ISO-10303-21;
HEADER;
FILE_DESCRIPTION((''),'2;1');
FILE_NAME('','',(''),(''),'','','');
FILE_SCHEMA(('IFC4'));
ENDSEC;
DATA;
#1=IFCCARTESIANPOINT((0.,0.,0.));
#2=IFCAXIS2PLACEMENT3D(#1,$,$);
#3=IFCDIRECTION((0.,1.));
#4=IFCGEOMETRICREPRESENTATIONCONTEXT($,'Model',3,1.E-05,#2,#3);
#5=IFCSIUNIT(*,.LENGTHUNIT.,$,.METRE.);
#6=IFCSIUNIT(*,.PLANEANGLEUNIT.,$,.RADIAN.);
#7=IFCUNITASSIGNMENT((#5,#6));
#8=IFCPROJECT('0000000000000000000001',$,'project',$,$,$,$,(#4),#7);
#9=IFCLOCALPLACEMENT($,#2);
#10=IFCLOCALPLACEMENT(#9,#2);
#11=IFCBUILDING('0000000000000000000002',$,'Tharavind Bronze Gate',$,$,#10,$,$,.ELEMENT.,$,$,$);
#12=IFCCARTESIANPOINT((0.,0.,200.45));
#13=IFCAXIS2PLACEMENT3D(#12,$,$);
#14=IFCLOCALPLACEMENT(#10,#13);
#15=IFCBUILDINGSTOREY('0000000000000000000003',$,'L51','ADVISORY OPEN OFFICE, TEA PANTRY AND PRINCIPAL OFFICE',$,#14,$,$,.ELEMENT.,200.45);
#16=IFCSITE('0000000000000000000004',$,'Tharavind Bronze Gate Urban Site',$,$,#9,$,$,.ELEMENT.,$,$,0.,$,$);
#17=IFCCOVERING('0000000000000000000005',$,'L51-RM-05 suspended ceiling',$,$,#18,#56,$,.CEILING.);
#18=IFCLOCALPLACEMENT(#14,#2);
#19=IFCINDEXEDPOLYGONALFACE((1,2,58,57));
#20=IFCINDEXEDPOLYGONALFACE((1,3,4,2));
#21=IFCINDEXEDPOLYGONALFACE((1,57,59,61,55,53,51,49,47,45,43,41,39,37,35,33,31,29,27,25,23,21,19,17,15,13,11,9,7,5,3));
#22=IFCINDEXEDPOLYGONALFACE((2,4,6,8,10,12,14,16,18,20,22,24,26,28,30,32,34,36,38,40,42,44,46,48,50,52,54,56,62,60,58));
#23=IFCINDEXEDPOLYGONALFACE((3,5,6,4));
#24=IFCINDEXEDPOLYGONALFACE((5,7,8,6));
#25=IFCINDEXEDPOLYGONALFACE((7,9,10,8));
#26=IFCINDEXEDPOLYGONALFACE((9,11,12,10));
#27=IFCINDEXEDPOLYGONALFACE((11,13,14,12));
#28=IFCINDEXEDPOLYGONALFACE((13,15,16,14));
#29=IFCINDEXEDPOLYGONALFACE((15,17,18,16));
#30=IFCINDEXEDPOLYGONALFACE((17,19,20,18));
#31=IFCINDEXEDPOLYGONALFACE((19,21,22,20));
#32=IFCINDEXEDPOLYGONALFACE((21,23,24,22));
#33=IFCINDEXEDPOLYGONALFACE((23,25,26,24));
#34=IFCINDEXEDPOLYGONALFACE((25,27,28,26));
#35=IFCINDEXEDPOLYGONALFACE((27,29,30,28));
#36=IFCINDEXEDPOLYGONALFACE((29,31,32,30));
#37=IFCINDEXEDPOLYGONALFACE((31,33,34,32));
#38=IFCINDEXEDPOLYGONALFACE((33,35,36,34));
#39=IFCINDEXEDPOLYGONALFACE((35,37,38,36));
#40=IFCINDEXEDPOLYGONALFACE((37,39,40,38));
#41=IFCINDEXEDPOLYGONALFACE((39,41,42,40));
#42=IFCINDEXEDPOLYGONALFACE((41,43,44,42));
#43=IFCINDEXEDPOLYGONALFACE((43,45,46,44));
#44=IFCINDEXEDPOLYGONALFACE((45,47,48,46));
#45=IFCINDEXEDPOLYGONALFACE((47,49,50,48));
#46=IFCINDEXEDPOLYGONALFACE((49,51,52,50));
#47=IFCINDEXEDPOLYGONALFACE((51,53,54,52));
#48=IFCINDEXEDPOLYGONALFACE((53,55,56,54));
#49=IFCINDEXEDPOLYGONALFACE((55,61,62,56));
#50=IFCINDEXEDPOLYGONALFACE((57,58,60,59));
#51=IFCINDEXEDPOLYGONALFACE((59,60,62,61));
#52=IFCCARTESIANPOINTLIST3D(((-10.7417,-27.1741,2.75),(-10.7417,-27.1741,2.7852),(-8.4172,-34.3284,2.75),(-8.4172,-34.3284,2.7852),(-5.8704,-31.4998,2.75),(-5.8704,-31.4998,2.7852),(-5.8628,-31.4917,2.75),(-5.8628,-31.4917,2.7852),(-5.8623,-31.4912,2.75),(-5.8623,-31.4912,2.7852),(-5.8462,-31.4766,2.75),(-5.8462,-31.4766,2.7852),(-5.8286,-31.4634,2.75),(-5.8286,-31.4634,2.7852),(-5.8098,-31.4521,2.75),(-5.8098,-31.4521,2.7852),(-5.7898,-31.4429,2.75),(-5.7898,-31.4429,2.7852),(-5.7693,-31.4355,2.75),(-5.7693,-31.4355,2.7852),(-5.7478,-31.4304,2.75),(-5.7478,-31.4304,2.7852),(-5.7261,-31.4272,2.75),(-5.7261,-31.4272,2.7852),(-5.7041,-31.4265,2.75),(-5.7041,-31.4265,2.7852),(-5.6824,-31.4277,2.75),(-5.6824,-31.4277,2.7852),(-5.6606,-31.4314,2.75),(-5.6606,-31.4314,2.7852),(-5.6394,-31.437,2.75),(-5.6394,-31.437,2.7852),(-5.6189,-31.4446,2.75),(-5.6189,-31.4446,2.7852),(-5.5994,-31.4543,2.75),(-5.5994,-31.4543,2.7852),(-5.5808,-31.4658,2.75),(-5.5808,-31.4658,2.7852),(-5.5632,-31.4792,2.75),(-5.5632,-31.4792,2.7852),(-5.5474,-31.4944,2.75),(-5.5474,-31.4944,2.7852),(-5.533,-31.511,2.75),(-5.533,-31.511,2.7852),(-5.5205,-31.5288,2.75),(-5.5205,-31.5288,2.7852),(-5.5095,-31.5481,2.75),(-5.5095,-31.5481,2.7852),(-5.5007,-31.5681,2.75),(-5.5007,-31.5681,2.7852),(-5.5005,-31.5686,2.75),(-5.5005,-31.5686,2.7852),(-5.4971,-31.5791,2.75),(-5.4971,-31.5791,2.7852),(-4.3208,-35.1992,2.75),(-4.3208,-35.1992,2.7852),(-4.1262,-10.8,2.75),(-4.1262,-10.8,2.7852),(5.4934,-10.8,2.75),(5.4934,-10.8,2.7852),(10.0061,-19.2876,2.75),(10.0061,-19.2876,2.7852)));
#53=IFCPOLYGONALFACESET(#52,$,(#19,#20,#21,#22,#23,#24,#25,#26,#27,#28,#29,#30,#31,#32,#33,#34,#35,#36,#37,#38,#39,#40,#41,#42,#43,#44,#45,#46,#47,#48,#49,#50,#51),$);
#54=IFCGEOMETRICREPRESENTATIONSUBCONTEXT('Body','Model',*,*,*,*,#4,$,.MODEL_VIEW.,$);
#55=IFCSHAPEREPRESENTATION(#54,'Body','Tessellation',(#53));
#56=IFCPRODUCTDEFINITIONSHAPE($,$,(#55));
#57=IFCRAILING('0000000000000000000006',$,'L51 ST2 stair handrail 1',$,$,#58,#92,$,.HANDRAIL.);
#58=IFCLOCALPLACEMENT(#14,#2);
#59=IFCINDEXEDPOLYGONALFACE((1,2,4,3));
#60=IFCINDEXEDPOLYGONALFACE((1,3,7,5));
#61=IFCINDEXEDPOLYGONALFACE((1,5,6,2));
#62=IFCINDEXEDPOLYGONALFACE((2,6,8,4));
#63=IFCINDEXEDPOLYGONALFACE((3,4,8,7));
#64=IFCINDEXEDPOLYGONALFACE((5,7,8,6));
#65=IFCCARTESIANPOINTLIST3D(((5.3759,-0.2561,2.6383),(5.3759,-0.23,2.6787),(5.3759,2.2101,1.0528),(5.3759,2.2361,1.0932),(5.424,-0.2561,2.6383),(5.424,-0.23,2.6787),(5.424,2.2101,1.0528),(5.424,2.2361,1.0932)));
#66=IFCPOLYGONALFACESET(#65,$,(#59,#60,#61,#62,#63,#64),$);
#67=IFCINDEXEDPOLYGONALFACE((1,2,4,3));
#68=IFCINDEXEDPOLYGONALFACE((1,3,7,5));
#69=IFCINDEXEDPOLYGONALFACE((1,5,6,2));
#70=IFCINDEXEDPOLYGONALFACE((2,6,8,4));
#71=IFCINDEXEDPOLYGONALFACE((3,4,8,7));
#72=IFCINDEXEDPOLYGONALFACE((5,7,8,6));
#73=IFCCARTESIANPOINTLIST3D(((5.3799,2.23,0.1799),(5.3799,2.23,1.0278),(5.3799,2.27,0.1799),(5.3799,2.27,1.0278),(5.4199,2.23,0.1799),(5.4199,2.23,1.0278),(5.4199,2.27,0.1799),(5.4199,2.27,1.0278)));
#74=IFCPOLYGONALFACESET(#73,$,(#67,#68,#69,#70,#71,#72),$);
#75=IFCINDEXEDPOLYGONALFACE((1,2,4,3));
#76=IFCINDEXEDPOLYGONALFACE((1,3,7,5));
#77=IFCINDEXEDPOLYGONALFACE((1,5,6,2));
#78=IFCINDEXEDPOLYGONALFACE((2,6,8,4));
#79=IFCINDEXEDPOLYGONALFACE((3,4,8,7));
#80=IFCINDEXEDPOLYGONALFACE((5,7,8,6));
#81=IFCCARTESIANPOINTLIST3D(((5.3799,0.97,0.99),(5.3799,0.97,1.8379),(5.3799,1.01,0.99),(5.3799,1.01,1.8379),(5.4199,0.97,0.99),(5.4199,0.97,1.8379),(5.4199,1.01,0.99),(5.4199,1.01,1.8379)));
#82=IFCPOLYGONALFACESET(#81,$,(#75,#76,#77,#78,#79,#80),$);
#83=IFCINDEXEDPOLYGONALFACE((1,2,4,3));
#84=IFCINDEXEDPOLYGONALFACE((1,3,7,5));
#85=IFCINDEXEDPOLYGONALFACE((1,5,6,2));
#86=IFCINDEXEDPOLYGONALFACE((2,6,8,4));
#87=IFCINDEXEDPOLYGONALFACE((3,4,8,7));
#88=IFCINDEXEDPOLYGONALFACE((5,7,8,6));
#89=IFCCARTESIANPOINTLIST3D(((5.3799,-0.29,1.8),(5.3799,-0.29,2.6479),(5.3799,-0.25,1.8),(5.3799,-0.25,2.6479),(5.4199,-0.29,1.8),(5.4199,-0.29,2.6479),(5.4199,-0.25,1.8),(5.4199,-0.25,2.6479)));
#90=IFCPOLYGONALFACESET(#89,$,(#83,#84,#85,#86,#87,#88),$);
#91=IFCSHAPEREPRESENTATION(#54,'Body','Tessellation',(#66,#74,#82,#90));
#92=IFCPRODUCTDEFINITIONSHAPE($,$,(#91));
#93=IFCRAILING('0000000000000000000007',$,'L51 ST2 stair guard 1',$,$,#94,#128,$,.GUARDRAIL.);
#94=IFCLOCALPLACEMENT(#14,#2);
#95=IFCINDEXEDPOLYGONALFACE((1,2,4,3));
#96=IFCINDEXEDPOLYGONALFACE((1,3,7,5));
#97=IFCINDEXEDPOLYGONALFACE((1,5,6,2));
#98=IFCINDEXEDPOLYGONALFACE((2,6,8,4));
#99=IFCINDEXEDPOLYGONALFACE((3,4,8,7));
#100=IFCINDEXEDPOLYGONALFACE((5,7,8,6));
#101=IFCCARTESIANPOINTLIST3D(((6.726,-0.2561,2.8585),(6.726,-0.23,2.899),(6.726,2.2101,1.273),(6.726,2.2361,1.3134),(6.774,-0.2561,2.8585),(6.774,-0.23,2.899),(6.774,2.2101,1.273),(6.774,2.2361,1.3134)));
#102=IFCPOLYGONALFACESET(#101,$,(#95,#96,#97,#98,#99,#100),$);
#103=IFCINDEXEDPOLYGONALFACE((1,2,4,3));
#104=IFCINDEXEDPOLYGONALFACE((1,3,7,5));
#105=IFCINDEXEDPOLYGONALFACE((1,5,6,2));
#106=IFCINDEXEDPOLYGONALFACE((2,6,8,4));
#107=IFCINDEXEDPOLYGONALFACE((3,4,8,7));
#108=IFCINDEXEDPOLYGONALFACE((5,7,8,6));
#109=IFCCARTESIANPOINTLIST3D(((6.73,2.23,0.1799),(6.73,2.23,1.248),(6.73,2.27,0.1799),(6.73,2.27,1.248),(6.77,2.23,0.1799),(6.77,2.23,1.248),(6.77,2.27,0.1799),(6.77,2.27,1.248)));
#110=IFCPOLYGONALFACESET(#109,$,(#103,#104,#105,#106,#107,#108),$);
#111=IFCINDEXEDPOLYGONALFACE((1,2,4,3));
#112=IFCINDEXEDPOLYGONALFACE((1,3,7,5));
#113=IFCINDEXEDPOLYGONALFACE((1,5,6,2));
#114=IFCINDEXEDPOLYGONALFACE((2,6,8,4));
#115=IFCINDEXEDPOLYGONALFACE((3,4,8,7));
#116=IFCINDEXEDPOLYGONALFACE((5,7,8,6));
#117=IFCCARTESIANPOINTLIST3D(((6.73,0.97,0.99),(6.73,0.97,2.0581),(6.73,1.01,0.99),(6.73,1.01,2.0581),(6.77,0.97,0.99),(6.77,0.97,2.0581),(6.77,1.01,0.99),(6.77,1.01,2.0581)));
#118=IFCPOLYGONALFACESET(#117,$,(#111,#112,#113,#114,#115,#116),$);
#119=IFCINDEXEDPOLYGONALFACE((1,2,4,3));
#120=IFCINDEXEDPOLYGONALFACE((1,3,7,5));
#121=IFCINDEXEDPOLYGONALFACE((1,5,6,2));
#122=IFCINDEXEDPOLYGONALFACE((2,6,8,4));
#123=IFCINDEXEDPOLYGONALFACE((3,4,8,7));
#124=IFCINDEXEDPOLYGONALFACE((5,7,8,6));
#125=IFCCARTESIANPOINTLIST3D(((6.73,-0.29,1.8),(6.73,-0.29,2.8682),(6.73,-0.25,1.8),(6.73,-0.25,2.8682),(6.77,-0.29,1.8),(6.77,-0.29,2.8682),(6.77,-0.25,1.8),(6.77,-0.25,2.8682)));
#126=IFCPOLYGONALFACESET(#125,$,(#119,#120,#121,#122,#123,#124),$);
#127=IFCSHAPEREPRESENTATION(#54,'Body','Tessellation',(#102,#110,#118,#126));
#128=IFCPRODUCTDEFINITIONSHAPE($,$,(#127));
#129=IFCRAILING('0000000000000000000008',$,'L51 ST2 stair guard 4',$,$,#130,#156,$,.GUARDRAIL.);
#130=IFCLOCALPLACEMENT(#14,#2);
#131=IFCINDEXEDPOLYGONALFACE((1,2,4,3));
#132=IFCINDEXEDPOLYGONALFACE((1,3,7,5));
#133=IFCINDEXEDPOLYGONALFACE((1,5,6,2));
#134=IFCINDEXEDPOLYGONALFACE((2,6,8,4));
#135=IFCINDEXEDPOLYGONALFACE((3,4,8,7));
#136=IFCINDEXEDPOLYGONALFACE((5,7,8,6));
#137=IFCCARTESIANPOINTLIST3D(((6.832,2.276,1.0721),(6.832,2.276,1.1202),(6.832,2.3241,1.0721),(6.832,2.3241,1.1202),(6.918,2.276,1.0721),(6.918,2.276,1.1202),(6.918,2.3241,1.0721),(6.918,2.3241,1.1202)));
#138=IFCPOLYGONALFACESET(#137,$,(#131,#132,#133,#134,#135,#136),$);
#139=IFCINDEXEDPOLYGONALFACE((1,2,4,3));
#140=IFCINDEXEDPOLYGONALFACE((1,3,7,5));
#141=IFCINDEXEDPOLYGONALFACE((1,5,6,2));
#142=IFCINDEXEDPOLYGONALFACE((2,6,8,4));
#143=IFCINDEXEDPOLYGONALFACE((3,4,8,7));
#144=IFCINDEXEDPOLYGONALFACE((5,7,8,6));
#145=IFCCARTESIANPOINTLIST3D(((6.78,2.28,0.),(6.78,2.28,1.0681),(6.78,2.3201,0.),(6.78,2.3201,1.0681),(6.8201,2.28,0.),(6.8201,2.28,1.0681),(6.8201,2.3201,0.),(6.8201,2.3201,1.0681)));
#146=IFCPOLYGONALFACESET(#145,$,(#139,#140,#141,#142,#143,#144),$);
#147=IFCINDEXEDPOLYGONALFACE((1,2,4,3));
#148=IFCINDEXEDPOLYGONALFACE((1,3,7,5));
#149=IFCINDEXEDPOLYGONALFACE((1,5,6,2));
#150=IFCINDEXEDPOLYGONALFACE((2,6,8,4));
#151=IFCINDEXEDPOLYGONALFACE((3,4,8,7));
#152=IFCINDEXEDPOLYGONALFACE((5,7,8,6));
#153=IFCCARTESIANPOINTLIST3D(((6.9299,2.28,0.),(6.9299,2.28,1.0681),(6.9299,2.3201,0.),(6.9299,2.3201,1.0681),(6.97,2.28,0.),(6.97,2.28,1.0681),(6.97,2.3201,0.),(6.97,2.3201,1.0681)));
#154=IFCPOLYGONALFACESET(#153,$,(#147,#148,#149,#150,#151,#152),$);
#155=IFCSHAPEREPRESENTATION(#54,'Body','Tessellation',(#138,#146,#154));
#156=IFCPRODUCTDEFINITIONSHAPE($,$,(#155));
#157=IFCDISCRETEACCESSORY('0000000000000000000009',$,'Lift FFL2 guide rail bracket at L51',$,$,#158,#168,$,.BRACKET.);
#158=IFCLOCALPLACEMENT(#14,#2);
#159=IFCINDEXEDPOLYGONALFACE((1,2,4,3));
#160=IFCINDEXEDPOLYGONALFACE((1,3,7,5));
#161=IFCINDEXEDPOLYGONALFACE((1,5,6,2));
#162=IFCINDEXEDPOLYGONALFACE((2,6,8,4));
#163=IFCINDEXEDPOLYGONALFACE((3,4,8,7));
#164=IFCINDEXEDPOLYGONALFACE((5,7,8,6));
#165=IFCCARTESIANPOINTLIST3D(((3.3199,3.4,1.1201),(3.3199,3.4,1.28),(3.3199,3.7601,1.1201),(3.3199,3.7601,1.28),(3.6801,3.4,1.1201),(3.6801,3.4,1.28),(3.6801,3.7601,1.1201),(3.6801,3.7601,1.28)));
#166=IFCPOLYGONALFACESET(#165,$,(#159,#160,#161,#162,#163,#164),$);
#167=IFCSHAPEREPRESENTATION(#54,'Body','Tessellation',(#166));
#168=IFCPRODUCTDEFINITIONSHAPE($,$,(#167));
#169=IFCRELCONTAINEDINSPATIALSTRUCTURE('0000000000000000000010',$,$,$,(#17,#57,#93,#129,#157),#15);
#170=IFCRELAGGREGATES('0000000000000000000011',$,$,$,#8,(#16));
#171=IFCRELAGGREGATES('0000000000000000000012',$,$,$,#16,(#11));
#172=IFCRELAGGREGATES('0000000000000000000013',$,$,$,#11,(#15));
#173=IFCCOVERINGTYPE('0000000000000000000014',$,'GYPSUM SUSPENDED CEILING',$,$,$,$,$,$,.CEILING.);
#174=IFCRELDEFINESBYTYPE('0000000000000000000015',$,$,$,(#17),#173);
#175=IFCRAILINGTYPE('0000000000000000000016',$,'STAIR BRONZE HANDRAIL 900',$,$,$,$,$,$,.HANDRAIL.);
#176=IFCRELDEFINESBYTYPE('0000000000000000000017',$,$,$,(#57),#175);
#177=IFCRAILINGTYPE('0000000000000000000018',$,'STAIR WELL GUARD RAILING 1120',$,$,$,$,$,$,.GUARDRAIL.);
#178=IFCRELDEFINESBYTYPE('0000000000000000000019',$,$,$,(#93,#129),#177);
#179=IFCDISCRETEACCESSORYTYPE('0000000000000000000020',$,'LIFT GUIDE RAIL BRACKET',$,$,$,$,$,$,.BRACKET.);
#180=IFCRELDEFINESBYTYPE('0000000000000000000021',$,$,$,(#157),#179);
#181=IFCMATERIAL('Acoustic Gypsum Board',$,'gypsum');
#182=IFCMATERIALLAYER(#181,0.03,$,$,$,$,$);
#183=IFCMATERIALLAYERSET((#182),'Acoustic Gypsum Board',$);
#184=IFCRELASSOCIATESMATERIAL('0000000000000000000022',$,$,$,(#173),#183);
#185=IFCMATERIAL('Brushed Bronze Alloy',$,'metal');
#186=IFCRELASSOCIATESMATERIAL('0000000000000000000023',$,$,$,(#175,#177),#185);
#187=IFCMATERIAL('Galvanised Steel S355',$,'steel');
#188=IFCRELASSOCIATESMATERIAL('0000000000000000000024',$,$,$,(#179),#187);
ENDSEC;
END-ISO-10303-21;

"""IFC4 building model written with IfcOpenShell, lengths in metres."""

from ifc_helpers import new_model, si_unit, direction, frame, origin, origin_2d, place, context, subcontext, project, spatial, polyline, rectangle, outline, extrude, material, layer, layer_set, type_object, element, save


model = new_model("IFC4")

# Units and contexts
model_context = context("Model", 3, precision=1e-05, world=origin(), true_north=direction((0.0, 1.0)))
body_context = subcontext(model_context, "Body", "Model", "MODEL_VIEW")
ifc_project = project(units=[si_unit("LENGTHUNIT", "METRE"), si_unit("PLANEANGLEUNIT", "RADIAN")], contexts=[model_context])

# Site, building, storey
site_placement = place(None, origin())
site = spatial("IfcSite", under=ifc_project, at=site_placement, Name="Tharavind Bronze Gate Urban Site", CompositionType="ELEMENT", RefElevation=0.0)
building_placement = place(site_placement, origin())
building = spatial("IfcBuilding", under=site, at=building_placement, Name="Tharavind Bronze Gate", CompositionType="ELEMENT")
storey_placement = place(building_placement, frame((0.0, 0.0, 200.45)))
storey = spatial("IfcBuildingStorey", under=building, at=storey_placement, Name="L51", Description="ADVISORY OPEN OFFICE, TEA PANTRY AND PRINCIPAL OFFICE", CompositionType="ELEMENT", Elevation=200.45)

# Covering
ifc_material_1 = material(Name="Acoustic Gypsum Board", Category="gypsum")
ifc_layer_1 = layer(ifc_material_1, 0.03)
ifc_layer_set_1 = layer_set([ifc_layer_1], Name="Acoustic Gypsum Board")
covering_type_1 = type_object("IfcCoveringType", Name="GYPSUM SUSPENDED CEILING", PredefinedType="CEILING", material=ifc_layer_set_1)
covering_1_placement = place(storey_placement, frame((0.0, 0.0, 2.75)))
element("IfcCovering", 1, at=covering_1_placement, inside=storey, type_object=covering_type_1, Name="L51-RM-05 suspended ceiling", PredefinedType="CEILING", context=body_context, shape_type="SweptSolid", body=[
    extrude(outline(polyline([(-8.4172, -34.3284), (-5.8704, -31.4998), (-5.8628, -31.4917), (-5.8623, -31.4912), (-5.8462, -31.4766), (-5.8286, -31.4634), (-5.8098, -31.4521), (-5.7898, -31.4429), (-5.7693, -31.4355), (-5.7478, -31.4304), (-5.7261, -31.4272), (-5.7041, -31.4265), (-5.6824, -31.4277), (-5.6606, -31.4314), (-5.6394, -31.437), (-5.6189, -31.4446), (-5.5994, -31.4543), (-5.5808, -31.4658), (-5.5632, -31.4792), (-5.5474, -31.4944), (-5.533, -31.511), (-5.5205, -31.5288), (-5.5095, -31.5481), (-5.5007, -31.5681), (-5.5005, -31.5686), (-5.4971, -31.5791), (-4.3208, -35.1992), (10.0061, -19.2876), (5.4934, -10.8), (-4.1262, -10.8), (-10.7417, -27.1741), (-8.4172, -34.3284)])), origin(), (0.0, 0.0, 1.0), 0.0352),
])

# Railings
ifc_material_2 = material(Name="Brushed Bronze Alloy", Category="metal")
railing_type_1 = type_object("IfcRailingType", Name="STAIR BRONZE HANDRAIL 900", PredefinedType="HANDRAIL", material=ifc_material_2)
railing_1_placement = place(storey_placement, frame((5.3999, 2.25, 0.1799)))
element("IfcRailing", 2, at=railing_1_placement, inside=storey, type_object=railing_type_1, Name="L51 ST2 stair handrail 1", PredefinedType="HANDRAIL", context=body_context, shape_type="SweptSolid", body=[
    extrude(rectangle(XDim=0.0481, YDim=0.0481, at=origin_2d()), frame((0.0, -0.0269, 0.8931), z_axis=(0.0, -0.841163, 0.540782), x_axis=(1.0, 0.0, 0.0)), (0.0, 0.0, 1.0), 2.9319),
    extrude(rectangle(XDim=0.04, YDim=0.04, at=origin_2d()), origin(), (0.0, 0.0, 1.0), 0.8479),
    extrude(rectangle(XDim=0.04, YDim=0.04, at=origin_2d()), frame((0.0, -1.26, 0.8101)), (0.0, 0.0, 1.0), 0.8479),
    extrude(rectangle(XDim=0.04, YDim=0.04, at=origin_2d()), frame((0.0, -2.52, 1.6201)), (0.0, 0.0, 1.0), 0.8479),
])
railing_type_2 = type_object("IfcRailingType", Name="STAIR WELL GUARD RAILING 1120", PredefinedType="GUARDRAIL", material=ifc_material_2)
railing_2_placement = place(storey_placement, frame((6.75, 2.25, 0.1799)))
element("IfcRailing", 3, at=railing_2_placement, inside=storey, type_object=railing_type_2, Name="L51 ST2 stair guard 1", PredefinedType="GUARDRAIL", context=body_context, shape_type="SweptSolid", body=[
    extrude(rectangle(XDim=0.0481, YDim=0.0481, at=origin_2d()), frame((0.0, -0.0269, 1.1133), z_axis=(0.0, -0.841163, 0.540782), x_axis=(1.0, 0.0, 0.0)), (0.0, 0.0, 1.0), 2.9319),
    extrude(rectangle(XDim=0.04, YDim=0.04, at=origin_2d()), origin(), (0.0, 0.0, 1.0), 1.0681),
    extrude(rectangle(XDim=0.04, YDim=0.04, at=origin_2d()), frame((0.0, -1.26, 0.8101)), (0.0, 0.0, 1.0), 1.0681),
    extrude(rectangle(XDim=0.04, YDim=0.04, at=origin_2d()), frame((0.0, -2.52, 1.6201)), (0.0, 0.0, 1.0), 1.0681),
])
railing_3_placement = place(storey_placement, frame((6.8, 2.3, 0.0)))
element("IfcRailing", 4, at=railing_3_placement, inside=storey, type_object=railing_type_2, Name="L51 ST2 stair guard 4", PredefinedType="GUARDRAIL", context=body_context, shape_type="SweptSolid", body=[
    extrude(rectangle(XDim=0.0481, YDim=0.0481, at=origin_2d()), frame((0.032, 0.0, 1.0962), z_axis=(1.0, 0.0, 0.0), x_axis=(0.0, 1.0, 0.0)), (0.0, 0.0, 1.0), 0.0859),
    extrude(rectangle(XDim=0.04, YDim=0.04, at=origin_2d()), origin(), (0.0, 0.0, 1.0), 1.0681),
    extrude(rectangle(XDim=0.04, YDim=0.04, at=origin_2d()), frame((0.1499, 0.0, 0.0)), (0.0, 0.0, 1.0), 1.0681),
])

# Discrete accessory
ifc_material_3 = material(Name="Galvanised Steel S355", Category="steel")
discrete_accessory_type = type_object("IfcDiscreteAccessoryType", Name="LIFT GUIDE RAIL BRACKET", PredefinedType="BRACKET", material=ifc_material_3)
discrete_accessory_placement = place(storey_placement, frame((3.5, 3.5801, 1.1201), z_axis=(0.0, 0.0, 1.0), x_axis=(1.0, 0.0, 0.0)))
element("IfcDiscreteAccessory", 5, at=discrete_accessory_placement, inside=storey, type_object=discrete_accessory_type, Name="Lift FFL2 guide rail bracket at L51", PredefinedType="BRACKET", context=body_context, shape_type="SweptSolid", body=[
    extrude(rectangle(XDim=0.3601, YDim=0.3601, at=origin_2d()), origin(), (0.0, 0.0, 1.0), 0.1599),
])

save(model, "model.ifc")
